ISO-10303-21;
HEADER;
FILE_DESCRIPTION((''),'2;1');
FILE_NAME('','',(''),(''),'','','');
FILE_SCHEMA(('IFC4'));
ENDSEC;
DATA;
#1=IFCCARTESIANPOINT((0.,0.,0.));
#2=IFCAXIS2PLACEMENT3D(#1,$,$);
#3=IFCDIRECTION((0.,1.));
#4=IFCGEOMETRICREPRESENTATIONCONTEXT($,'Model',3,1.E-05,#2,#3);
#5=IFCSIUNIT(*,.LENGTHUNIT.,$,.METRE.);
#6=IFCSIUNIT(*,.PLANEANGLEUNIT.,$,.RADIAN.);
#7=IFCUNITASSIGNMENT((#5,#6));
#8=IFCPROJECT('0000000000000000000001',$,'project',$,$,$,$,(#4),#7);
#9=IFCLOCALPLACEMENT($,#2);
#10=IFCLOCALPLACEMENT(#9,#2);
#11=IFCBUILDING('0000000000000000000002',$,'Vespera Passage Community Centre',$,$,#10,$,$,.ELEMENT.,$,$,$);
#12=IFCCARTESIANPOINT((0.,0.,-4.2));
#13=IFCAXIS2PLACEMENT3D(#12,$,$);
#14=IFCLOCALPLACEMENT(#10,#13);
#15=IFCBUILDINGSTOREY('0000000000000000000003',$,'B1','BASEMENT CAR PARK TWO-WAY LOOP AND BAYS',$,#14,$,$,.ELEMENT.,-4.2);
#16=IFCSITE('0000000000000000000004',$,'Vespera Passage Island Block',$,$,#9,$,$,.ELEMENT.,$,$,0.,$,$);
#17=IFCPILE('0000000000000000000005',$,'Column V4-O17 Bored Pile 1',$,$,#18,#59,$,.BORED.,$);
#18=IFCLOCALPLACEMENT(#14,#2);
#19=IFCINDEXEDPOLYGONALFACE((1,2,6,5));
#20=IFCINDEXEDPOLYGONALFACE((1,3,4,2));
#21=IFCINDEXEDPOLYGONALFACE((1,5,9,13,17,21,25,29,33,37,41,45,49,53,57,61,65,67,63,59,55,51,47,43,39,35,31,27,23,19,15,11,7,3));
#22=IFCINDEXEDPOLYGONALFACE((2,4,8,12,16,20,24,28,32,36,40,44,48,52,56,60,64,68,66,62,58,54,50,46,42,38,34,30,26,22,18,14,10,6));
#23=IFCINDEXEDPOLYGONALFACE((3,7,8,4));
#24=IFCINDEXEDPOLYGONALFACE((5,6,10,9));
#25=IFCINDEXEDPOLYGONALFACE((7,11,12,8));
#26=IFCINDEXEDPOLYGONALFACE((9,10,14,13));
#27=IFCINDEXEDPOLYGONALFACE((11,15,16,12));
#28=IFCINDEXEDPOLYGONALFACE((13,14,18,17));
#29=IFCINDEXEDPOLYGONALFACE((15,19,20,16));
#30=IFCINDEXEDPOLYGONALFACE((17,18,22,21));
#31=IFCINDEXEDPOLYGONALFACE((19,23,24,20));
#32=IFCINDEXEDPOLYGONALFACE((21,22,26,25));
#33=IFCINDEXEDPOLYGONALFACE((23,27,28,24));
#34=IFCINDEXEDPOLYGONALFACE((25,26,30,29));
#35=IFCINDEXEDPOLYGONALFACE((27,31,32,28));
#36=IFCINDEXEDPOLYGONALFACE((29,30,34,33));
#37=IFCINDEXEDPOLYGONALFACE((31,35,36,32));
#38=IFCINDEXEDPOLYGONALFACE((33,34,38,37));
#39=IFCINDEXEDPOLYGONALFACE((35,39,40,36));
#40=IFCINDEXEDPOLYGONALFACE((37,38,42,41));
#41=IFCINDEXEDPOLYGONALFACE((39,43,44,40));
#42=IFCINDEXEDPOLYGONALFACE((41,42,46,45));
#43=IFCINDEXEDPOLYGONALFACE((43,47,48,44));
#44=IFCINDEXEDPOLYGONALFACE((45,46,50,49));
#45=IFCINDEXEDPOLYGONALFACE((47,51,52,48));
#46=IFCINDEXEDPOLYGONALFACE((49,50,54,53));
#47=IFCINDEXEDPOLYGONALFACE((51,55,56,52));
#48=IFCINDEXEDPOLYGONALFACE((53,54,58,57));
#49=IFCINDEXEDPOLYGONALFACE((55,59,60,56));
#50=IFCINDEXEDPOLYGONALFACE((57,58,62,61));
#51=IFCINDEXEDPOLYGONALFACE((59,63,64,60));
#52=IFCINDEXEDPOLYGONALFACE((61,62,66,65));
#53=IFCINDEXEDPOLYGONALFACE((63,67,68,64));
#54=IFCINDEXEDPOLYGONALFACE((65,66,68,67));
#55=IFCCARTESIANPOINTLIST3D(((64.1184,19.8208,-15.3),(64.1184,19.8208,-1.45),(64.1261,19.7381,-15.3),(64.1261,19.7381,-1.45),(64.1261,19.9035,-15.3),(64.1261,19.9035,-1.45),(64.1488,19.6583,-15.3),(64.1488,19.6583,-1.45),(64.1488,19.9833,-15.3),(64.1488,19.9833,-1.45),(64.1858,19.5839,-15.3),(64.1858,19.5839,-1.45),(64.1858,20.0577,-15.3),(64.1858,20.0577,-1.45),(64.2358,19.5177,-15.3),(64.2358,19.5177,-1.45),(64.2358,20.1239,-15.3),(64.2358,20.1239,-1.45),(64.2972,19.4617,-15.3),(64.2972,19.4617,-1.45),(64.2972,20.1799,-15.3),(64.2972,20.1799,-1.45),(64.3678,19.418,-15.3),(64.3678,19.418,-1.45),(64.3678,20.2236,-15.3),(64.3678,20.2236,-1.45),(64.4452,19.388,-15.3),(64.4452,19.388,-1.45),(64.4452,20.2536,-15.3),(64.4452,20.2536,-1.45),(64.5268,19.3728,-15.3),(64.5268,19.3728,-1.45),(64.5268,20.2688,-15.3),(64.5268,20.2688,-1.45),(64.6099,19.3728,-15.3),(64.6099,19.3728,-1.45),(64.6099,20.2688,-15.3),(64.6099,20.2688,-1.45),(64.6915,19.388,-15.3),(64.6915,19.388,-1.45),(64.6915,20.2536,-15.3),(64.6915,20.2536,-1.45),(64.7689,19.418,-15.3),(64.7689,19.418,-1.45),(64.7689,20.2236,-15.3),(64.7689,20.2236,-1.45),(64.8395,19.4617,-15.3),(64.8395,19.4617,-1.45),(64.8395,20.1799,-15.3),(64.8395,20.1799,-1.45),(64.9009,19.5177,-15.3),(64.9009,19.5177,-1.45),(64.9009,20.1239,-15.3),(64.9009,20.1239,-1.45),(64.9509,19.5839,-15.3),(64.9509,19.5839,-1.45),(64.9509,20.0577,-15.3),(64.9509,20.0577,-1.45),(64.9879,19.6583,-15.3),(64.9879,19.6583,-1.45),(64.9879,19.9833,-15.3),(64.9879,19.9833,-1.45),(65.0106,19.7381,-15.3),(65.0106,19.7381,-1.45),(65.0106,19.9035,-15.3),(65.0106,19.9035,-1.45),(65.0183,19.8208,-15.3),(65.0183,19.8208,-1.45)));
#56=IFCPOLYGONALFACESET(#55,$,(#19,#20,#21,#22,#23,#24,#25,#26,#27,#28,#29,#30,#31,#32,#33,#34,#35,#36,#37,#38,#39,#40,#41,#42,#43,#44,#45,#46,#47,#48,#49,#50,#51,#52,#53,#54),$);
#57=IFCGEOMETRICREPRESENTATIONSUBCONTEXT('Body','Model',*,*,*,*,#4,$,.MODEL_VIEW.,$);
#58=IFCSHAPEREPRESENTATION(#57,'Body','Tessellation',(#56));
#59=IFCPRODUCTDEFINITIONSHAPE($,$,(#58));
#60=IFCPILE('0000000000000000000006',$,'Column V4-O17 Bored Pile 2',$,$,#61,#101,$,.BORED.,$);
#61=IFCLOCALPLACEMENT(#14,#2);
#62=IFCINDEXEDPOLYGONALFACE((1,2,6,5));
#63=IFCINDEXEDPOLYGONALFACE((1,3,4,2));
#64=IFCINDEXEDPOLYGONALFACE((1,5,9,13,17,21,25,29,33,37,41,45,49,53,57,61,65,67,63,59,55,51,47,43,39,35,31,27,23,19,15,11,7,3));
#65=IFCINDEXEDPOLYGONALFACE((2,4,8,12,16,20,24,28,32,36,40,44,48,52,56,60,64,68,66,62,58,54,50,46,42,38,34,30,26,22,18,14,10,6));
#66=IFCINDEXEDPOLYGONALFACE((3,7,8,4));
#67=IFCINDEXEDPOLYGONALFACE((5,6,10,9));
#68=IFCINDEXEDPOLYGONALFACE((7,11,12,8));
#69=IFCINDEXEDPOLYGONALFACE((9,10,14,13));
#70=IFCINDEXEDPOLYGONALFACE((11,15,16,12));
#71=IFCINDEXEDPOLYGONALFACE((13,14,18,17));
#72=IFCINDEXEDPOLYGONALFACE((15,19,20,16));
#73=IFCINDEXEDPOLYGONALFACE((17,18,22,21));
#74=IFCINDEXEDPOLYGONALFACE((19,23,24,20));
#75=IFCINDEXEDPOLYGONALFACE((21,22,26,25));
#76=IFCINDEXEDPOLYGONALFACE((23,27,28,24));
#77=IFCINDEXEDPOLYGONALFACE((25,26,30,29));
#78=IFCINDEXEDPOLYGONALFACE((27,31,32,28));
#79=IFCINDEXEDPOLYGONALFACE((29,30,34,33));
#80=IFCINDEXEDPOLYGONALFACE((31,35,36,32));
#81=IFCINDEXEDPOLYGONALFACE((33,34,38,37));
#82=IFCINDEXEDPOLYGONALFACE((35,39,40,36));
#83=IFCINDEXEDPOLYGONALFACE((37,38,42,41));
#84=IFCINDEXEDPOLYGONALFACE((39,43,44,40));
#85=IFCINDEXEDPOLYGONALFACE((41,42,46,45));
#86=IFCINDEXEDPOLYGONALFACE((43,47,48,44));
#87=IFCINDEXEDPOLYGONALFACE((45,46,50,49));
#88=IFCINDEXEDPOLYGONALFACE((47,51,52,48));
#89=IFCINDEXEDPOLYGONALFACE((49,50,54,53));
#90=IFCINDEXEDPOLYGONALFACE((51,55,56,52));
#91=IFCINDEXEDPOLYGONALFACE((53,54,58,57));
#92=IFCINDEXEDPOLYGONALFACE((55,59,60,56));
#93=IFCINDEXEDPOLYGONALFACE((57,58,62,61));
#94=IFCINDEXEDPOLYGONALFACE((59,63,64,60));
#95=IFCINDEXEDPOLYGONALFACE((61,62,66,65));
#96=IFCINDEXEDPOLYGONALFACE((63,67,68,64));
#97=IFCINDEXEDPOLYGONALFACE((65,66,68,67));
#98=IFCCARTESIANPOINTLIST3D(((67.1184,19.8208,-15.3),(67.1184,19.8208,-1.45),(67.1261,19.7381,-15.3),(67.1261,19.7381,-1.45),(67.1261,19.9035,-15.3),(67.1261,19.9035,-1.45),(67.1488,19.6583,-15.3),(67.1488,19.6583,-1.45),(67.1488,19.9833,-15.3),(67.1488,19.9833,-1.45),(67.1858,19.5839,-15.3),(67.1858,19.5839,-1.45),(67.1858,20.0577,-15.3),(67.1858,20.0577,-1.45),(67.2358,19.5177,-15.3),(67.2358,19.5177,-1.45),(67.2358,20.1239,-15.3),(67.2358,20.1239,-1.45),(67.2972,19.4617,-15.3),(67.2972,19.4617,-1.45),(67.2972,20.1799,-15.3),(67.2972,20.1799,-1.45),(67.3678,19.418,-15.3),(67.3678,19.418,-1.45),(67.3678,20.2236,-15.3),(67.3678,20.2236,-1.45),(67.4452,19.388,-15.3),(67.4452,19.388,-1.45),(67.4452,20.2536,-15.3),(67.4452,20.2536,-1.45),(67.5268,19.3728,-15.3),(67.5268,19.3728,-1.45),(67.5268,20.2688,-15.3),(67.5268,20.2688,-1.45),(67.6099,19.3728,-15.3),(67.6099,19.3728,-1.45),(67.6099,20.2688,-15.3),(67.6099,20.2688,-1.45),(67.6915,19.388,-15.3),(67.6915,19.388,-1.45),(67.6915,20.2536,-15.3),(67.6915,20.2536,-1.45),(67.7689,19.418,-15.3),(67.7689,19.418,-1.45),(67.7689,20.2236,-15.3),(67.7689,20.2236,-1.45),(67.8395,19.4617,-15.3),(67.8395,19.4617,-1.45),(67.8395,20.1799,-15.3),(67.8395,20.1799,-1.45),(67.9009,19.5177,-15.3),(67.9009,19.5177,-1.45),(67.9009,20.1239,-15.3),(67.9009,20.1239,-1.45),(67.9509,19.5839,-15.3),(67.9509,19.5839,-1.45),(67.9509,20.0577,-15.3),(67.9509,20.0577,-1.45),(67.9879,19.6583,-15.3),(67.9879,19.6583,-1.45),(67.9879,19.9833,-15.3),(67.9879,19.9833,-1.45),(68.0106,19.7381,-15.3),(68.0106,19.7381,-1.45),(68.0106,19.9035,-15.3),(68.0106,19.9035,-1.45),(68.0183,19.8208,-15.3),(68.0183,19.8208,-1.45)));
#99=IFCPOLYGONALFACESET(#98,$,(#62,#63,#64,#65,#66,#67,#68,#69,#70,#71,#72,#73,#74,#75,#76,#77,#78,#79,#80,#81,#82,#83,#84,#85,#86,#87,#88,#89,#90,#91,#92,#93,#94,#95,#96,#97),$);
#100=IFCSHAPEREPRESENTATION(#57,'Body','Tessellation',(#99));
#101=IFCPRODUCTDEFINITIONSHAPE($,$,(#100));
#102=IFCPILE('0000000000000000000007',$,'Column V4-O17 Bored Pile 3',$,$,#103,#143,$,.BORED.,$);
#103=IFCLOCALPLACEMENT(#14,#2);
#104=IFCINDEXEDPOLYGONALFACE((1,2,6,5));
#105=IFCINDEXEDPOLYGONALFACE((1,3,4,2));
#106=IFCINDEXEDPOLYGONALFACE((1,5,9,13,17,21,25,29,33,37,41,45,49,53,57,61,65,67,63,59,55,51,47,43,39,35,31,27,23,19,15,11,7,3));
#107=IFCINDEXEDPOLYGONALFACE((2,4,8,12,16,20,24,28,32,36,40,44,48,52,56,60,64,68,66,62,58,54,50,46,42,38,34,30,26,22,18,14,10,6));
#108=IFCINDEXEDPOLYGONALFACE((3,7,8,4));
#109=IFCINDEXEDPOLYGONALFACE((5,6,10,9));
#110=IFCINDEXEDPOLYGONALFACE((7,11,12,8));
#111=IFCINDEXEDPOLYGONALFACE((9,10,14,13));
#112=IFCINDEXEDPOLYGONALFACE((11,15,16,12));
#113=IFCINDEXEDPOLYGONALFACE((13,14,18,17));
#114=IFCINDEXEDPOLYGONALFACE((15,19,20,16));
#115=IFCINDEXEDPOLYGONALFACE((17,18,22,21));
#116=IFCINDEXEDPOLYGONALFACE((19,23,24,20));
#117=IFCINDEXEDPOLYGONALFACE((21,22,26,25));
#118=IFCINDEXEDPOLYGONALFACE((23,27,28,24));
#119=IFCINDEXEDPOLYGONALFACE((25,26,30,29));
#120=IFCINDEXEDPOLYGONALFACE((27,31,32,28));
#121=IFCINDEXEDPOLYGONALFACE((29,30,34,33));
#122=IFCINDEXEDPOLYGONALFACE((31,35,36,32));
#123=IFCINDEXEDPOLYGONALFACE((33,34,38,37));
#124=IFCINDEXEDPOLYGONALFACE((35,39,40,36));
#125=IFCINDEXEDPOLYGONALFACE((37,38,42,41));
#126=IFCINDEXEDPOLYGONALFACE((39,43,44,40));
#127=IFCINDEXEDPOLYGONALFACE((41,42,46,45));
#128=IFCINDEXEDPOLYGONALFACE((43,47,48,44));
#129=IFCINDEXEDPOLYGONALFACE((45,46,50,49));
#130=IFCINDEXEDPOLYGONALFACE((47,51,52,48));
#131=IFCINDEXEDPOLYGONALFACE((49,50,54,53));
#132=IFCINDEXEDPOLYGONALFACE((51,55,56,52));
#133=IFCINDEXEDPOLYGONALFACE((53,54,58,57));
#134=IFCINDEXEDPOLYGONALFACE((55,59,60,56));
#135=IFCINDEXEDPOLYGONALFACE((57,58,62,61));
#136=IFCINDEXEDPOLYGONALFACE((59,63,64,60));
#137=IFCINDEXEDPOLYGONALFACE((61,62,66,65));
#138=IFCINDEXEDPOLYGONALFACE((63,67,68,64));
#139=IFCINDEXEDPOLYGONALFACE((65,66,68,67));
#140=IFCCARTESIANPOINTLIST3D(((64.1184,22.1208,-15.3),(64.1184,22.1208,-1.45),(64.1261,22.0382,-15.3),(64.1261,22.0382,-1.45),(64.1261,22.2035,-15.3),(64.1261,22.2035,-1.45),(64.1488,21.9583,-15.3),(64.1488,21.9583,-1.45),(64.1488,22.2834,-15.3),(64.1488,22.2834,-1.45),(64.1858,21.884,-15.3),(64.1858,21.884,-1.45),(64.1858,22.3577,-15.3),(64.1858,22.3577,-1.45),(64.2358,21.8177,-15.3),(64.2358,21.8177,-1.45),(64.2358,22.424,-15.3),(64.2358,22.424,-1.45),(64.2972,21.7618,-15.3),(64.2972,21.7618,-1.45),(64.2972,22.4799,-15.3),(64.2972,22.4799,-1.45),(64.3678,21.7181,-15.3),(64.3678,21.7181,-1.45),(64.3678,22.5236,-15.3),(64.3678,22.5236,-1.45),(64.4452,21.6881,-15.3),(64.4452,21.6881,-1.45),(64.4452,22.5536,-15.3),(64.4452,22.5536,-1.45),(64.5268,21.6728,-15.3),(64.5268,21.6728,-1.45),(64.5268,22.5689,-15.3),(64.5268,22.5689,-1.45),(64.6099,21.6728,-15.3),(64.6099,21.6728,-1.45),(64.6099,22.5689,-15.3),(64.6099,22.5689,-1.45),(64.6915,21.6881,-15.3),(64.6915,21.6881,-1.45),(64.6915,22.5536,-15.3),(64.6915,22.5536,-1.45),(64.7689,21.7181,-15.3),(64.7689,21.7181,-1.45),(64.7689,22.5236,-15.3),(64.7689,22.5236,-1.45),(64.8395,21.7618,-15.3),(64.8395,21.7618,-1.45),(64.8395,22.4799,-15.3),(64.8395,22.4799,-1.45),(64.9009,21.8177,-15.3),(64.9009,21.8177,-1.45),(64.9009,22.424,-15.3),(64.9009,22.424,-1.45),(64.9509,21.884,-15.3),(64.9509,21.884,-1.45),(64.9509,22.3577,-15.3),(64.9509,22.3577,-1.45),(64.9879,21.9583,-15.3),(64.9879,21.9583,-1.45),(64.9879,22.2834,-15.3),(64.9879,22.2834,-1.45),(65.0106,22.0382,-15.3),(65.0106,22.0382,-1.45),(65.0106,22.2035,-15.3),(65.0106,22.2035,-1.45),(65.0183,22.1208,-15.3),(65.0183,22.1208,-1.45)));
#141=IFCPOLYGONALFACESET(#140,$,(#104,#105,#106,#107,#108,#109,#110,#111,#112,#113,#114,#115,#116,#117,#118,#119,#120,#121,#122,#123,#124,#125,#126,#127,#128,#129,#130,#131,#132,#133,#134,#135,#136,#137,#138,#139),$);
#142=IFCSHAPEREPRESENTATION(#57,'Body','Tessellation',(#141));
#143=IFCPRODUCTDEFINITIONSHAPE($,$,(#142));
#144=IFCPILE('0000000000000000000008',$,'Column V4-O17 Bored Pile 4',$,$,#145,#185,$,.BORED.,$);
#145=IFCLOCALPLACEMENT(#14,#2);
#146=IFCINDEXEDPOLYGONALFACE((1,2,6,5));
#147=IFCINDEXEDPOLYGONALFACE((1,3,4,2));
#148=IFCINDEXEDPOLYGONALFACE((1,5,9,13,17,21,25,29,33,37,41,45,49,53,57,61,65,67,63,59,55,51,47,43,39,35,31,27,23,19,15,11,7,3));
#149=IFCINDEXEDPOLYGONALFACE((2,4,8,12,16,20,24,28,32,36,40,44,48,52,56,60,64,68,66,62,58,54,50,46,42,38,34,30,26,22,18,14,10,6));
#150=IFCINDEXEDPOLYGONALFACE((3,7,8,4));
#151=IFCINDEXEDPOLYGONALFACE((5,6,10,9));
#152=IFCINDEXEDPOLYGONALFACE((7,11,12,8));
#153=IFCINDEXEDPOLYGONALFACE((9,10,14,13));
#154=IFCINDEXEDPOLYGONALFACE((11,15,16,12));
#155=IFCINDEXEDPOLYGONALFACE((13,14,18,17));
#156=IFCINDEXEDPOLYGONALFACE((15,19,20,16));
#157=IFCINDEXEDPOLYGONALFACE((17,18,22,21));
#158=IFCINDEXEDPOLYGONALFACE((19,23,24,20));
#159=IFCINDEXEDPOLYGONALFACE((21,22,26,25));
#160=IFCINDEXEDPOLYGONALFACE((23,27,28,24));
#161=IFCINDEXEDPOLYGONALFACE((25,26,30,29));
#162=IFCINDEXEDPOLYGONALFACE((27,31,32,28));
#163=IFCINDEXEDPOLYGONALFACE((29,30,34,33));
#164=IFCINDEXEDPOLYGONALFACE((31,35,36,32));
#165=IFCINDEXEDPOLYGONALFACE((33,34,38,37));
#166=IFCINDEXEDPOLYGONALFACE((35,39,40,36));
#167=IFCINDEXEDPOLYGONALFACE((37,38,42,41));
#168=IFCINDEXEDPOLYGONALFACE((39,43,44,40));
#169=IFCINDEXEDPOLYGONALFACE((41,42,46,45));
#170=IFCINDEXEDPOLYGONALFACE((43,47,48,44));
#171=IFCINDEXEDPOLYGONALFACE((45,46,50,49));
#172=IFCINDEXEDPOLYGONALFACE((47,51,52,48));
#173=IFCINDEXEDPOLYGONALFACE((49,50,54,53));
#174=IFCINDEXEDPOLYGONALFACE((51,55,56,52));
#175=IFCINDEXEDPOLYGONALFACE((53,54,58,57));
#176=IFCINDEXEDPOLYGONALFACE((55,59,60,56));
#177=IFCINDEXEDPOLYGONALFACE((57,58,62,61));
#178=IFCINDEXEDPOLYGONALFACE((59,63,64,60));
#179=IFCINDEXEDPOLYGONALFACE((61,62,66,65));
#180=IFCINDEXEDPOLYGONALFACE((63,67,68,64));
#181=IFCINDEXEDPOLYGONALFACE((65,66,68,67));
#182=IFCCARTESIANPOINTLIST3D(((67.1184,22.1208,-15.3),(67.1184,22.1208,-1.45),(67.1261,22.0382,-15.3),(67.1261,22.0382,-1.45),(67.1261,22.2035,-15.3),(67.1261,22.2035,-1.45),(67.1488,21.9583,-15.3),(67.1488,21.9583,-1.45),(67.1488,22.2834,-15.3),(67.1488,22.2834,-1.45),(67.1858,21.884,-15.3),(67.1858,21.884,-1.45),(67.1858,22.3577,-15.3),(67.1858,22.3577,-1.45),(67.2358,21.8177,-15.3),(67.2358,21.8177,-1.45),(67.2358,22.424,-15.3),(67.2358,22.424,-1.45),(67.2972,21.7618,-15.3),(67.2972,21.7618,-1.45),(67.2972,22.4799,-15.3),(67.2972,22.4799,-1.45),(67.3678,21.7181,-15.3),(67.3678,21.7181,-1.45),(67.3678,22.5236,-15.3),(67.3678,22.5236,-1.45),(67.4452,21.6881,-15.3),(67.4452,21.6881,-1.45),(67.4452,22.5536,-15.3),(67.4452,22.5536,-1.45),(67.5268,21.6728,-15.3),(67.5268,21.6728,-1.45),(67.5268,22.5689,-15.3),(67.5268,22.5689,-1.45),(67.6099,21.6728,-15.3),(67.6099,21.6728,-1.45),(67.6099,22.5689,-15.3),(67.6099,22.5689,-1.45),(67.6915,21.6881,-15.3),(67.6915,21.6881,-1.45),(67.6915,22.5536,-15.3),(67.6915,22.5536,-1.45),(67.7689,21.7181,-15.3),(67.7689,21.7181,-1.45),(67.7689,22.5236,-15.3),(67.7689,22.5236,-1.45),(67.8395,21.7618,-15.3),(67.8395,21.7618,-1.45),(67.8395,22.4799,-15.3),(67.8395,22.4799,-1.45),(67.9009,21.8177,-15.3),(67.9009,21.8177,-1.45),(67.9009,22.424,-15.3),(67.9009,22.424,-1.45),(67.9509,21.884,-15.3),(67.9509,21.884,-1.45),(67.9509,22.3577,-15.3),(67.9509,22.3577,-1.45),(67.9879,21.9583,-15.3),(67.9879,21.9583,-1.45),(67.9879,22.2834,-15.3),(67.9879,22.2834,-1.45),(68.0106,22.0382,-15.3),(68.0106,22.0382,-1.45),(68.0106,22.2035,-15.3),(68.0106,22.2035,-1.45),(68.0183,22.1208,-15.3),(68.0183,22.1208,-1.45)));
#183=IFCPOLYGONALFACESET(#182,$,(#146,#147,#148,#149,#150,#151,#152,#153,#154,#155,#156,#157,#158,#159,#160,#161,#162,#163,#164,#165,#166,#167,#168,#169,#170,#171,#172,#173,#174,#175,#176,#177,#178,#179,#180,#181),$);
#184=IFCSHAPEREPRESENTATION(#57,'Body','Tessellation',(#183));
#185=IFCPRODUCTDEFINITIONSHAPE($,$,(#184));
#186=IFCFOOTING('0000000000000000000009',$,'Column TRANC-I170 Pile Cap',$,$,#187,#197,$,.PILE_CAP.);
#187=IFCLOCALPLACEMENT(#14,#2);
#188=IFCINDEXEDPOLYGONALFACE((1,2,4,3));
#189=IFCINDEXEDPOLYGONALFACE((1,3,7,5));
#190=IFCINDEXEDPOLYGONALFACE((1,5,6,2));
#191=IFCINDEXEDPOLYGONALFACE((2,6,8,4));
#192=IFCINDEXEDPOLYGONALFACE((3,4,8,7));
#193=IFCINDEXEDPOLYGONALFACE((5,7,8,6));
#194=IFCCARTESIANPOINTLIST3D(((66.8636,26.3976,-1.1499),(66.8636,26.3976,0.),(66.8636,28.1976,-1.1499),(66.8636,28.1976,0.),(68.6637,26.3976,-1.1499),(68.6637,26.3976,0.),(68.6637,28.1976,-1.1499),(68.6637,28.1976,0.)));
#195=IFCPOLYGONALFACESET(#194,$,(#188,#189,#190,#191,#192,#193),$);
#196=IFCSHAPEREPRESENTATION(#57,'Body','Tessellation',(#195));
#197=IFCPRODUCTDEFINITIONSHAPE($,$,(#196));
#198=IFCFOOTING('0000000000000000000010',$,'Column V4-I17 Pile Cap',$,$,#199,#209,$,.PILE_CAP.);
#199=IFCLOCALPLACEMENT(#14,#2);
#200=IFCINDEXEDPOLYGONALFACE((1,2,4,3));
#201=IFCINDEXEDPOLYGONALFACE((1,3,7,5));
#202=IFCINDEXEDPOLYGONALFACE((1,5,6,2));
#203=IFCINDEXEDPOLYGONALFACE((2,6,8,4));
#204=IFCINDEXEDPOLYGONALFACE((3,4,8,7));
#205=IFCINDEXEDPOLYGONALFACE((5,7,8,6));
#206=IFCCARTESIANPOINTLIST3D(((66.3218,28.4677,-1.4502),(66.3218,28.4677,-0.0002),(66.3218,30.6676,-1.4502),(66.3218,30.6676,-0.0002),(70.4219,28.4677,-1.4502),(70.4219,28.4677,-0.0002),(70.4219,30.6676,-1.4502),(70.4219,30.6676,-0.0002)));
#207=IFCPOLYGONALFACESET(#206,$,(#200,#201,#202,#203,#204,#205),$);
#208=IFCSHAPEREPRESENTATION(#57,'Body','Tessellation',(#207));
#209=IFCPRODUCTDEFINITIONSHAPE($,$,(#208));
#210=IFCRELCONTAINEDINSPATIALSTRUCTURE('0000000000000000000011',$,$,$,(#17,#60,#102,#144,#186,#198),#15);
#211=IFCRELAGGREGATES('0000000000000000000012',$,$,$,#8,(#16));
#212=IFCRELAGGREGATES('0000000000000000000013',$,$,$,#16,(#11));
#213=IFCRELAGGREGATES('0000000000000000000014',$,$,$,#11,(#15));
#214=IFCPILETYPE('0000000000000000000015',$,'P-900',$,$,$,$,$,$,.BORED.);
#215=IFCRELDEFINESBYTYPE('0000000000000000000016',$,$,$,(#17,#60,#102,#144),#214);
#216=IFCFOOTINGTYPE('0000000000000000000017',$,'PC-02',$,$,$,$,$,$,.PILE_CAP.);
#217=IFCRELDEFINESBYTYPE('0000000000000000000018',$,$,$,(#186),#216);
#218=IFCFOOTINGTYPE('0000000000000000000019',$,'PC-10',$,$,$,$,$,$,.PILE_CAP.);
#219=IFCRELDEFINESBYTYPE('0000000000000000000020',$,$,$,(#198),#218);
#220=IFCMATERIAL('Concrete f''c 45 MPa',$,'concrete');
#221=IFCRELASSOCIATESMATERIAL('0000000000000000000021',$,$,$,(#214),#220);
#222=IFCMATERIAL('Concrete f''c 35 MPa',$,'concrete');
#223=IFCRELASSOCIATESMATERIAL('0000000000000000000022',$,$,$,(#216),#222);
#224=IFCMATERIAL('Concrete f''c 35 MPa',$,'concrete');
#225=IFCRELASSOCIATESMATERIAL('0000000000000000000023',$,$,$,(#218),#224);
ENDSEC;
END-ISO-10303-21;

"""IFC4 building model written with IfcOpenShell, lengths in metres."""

from ifc_helpers import new_model, si_unit, direction, frame, origin, origin_2d, place, context, subcontext, project, spatial, rectangle, circle, extrude, material, material_profile, profile_set, type_object, element, save


model = new_model("IFC4")

# Units and contexts
model_context = context("Model", 3, precision=1e-05, world=origin(), true_north=direction((0.0, 1.0)))
body_context = subcontext(model_context, "Body", "Model", "MODEL_VIEW")
ifc_project = project(units=[si_unit("LENGTHUNIT", "METRE"), si_unit("PLANEANGLEUNIT", "RADIAN")], contexts=[model_context])

# Site, building, storey
site_placement = place(None, origin())
site = spatial("IfcSite", under=ifc_project, at=site_placement, Name="Vespera Passage Island Block", CompositionType="ELEMENT", RefElevation=0.0)
building_placement = place(site_placement, origin())
building = spatial("IfcBuilding", under=site, at=building_placement, Name="Vespera Passage Community Centre", CompositionType="ELEMENT")
storey_placement = place(building_placement, frame((0.0, 0.0, -4.2)))
storey = spatial("IfcBuildingStorey", under=building, at=storey_placement, Name="B1", Description="BASEMENT CAR PARK TWO-WAY LOOP AND BAYS", CompositionType="ELEMENT", Elevation=-4.2)

# Piles
ifc_material_1 = material(Name="Concrete f'c 45 MPa", Category="concrete")
ifc_material_profile_1 = material_profile(ifc_material_1, circle(Radius=0.45, at=origin_2d()), Name="PILE900DIA")
ifc_profile_set_1 = profile_set([ifc_material_profile_1], Name="Concrete f'c 45 MPa")
pile_type_1 = type_object("IfcPileType", Name="P-900", PredefinedType="BORED", material=ifc_profile_set_1)
for number, where, z_axis, x_axis, name in (
    (1, (64.5684, 19.8208, -1.45), (0.0, 0.0, -1.0), (1.0, 0.0, 0.0), "Column V4-O17 Bored Pile 1"),
    (2, (67.5684, 19.8208, -1.45), (0.0, 0.0, -1.0), (1.0, 0.0, 0.0), "Column V4-O17 Bored Pile 2"),
    (3, (64.5684, 22.1208, -1.45), (0.0, 0.0, -1.0), (1.0, 0.0, 0.0), "Column V4-O17 Bored Pile 3"),
    (4, (67.5684, 22.1208, -1.45), (0.0, 0.0, -1.0), (1.0, 0.0, 0.0), "Column V4-O17 Bored Pile 4"),
):
    element("IfcPile", number, at=place(storey_placement, frame(where, z_axis=z_axis, x_axis=x_axis)), inside=storey, type_object=pile_type_1, Name=name, PredefinedType="BORED", context=body_context, shape_type="SweptSolid", body=[
        extrude(circle(Radius=0.45, at=origin_2d()), origin(), (0.0, 0.0, 1.0), 13.8501),
    ])

# Footings
ifc_material_2 = material(Name="Concrete f'c 35 MPa", Category="concrete")
footing_type_1 = type_object("IfcFootingType", Name="PC-02", PredefinedType="PILE_CAP", material=ifc_material_2)
footing_1_placement = place(storey_placement, frame((67.7637, 27.2976, -1.1499), z_axis=(0.0, 0.0, 1.0), x_axis=(1.0, 0.0, 0.0)))
element("IfcFooting", 5, at=footing_1_placement, inside=storey, type_object=footing_type_1, Name="Column TRANC-I170 Pile Cap", PredefinedType="PILE_CAP", context=body_context, shape_type="SweptSolid", body=[
    extrude(rectangle(XDim=1.8, YDim=1.8, at=origin_2d()), origin(), (0.0, 0.0, 1.0), 1.1499),
])
ifc_material_3 = material(Name="Concrete f'c 35 MPa", Category="concrete")
footing_type_2 = type_object("IfcFootingType", Name="PC-10", PredefinedType="PILE_CAP", material=ifc_material_3)
for number, where, z_axis, x_axis, name in (
    (6, (68.3718, 29.5676, -1.4502), (0.0, 0.0, 1.0), (1.0, 0.0, 0.0), "Column V4-I17 Pile Cap"),
):
    element("IfcFooting", number, at=place(storey_placement, frame(where, z_axis=z_axis, x_axis=x_axis)), inside=storey, type_object=footing_type_2, Name=name, PredefinedType="PILE_CAP", context=body_context, shape_type="SweptSolid", body=[
        extrude(rectangle(XDim=4.1001, YDim=2.2, at=origin_2d()), origin(), (0.0, 0.0, 1.0), 1.45),
    ])

save(model, "model.ifc")
